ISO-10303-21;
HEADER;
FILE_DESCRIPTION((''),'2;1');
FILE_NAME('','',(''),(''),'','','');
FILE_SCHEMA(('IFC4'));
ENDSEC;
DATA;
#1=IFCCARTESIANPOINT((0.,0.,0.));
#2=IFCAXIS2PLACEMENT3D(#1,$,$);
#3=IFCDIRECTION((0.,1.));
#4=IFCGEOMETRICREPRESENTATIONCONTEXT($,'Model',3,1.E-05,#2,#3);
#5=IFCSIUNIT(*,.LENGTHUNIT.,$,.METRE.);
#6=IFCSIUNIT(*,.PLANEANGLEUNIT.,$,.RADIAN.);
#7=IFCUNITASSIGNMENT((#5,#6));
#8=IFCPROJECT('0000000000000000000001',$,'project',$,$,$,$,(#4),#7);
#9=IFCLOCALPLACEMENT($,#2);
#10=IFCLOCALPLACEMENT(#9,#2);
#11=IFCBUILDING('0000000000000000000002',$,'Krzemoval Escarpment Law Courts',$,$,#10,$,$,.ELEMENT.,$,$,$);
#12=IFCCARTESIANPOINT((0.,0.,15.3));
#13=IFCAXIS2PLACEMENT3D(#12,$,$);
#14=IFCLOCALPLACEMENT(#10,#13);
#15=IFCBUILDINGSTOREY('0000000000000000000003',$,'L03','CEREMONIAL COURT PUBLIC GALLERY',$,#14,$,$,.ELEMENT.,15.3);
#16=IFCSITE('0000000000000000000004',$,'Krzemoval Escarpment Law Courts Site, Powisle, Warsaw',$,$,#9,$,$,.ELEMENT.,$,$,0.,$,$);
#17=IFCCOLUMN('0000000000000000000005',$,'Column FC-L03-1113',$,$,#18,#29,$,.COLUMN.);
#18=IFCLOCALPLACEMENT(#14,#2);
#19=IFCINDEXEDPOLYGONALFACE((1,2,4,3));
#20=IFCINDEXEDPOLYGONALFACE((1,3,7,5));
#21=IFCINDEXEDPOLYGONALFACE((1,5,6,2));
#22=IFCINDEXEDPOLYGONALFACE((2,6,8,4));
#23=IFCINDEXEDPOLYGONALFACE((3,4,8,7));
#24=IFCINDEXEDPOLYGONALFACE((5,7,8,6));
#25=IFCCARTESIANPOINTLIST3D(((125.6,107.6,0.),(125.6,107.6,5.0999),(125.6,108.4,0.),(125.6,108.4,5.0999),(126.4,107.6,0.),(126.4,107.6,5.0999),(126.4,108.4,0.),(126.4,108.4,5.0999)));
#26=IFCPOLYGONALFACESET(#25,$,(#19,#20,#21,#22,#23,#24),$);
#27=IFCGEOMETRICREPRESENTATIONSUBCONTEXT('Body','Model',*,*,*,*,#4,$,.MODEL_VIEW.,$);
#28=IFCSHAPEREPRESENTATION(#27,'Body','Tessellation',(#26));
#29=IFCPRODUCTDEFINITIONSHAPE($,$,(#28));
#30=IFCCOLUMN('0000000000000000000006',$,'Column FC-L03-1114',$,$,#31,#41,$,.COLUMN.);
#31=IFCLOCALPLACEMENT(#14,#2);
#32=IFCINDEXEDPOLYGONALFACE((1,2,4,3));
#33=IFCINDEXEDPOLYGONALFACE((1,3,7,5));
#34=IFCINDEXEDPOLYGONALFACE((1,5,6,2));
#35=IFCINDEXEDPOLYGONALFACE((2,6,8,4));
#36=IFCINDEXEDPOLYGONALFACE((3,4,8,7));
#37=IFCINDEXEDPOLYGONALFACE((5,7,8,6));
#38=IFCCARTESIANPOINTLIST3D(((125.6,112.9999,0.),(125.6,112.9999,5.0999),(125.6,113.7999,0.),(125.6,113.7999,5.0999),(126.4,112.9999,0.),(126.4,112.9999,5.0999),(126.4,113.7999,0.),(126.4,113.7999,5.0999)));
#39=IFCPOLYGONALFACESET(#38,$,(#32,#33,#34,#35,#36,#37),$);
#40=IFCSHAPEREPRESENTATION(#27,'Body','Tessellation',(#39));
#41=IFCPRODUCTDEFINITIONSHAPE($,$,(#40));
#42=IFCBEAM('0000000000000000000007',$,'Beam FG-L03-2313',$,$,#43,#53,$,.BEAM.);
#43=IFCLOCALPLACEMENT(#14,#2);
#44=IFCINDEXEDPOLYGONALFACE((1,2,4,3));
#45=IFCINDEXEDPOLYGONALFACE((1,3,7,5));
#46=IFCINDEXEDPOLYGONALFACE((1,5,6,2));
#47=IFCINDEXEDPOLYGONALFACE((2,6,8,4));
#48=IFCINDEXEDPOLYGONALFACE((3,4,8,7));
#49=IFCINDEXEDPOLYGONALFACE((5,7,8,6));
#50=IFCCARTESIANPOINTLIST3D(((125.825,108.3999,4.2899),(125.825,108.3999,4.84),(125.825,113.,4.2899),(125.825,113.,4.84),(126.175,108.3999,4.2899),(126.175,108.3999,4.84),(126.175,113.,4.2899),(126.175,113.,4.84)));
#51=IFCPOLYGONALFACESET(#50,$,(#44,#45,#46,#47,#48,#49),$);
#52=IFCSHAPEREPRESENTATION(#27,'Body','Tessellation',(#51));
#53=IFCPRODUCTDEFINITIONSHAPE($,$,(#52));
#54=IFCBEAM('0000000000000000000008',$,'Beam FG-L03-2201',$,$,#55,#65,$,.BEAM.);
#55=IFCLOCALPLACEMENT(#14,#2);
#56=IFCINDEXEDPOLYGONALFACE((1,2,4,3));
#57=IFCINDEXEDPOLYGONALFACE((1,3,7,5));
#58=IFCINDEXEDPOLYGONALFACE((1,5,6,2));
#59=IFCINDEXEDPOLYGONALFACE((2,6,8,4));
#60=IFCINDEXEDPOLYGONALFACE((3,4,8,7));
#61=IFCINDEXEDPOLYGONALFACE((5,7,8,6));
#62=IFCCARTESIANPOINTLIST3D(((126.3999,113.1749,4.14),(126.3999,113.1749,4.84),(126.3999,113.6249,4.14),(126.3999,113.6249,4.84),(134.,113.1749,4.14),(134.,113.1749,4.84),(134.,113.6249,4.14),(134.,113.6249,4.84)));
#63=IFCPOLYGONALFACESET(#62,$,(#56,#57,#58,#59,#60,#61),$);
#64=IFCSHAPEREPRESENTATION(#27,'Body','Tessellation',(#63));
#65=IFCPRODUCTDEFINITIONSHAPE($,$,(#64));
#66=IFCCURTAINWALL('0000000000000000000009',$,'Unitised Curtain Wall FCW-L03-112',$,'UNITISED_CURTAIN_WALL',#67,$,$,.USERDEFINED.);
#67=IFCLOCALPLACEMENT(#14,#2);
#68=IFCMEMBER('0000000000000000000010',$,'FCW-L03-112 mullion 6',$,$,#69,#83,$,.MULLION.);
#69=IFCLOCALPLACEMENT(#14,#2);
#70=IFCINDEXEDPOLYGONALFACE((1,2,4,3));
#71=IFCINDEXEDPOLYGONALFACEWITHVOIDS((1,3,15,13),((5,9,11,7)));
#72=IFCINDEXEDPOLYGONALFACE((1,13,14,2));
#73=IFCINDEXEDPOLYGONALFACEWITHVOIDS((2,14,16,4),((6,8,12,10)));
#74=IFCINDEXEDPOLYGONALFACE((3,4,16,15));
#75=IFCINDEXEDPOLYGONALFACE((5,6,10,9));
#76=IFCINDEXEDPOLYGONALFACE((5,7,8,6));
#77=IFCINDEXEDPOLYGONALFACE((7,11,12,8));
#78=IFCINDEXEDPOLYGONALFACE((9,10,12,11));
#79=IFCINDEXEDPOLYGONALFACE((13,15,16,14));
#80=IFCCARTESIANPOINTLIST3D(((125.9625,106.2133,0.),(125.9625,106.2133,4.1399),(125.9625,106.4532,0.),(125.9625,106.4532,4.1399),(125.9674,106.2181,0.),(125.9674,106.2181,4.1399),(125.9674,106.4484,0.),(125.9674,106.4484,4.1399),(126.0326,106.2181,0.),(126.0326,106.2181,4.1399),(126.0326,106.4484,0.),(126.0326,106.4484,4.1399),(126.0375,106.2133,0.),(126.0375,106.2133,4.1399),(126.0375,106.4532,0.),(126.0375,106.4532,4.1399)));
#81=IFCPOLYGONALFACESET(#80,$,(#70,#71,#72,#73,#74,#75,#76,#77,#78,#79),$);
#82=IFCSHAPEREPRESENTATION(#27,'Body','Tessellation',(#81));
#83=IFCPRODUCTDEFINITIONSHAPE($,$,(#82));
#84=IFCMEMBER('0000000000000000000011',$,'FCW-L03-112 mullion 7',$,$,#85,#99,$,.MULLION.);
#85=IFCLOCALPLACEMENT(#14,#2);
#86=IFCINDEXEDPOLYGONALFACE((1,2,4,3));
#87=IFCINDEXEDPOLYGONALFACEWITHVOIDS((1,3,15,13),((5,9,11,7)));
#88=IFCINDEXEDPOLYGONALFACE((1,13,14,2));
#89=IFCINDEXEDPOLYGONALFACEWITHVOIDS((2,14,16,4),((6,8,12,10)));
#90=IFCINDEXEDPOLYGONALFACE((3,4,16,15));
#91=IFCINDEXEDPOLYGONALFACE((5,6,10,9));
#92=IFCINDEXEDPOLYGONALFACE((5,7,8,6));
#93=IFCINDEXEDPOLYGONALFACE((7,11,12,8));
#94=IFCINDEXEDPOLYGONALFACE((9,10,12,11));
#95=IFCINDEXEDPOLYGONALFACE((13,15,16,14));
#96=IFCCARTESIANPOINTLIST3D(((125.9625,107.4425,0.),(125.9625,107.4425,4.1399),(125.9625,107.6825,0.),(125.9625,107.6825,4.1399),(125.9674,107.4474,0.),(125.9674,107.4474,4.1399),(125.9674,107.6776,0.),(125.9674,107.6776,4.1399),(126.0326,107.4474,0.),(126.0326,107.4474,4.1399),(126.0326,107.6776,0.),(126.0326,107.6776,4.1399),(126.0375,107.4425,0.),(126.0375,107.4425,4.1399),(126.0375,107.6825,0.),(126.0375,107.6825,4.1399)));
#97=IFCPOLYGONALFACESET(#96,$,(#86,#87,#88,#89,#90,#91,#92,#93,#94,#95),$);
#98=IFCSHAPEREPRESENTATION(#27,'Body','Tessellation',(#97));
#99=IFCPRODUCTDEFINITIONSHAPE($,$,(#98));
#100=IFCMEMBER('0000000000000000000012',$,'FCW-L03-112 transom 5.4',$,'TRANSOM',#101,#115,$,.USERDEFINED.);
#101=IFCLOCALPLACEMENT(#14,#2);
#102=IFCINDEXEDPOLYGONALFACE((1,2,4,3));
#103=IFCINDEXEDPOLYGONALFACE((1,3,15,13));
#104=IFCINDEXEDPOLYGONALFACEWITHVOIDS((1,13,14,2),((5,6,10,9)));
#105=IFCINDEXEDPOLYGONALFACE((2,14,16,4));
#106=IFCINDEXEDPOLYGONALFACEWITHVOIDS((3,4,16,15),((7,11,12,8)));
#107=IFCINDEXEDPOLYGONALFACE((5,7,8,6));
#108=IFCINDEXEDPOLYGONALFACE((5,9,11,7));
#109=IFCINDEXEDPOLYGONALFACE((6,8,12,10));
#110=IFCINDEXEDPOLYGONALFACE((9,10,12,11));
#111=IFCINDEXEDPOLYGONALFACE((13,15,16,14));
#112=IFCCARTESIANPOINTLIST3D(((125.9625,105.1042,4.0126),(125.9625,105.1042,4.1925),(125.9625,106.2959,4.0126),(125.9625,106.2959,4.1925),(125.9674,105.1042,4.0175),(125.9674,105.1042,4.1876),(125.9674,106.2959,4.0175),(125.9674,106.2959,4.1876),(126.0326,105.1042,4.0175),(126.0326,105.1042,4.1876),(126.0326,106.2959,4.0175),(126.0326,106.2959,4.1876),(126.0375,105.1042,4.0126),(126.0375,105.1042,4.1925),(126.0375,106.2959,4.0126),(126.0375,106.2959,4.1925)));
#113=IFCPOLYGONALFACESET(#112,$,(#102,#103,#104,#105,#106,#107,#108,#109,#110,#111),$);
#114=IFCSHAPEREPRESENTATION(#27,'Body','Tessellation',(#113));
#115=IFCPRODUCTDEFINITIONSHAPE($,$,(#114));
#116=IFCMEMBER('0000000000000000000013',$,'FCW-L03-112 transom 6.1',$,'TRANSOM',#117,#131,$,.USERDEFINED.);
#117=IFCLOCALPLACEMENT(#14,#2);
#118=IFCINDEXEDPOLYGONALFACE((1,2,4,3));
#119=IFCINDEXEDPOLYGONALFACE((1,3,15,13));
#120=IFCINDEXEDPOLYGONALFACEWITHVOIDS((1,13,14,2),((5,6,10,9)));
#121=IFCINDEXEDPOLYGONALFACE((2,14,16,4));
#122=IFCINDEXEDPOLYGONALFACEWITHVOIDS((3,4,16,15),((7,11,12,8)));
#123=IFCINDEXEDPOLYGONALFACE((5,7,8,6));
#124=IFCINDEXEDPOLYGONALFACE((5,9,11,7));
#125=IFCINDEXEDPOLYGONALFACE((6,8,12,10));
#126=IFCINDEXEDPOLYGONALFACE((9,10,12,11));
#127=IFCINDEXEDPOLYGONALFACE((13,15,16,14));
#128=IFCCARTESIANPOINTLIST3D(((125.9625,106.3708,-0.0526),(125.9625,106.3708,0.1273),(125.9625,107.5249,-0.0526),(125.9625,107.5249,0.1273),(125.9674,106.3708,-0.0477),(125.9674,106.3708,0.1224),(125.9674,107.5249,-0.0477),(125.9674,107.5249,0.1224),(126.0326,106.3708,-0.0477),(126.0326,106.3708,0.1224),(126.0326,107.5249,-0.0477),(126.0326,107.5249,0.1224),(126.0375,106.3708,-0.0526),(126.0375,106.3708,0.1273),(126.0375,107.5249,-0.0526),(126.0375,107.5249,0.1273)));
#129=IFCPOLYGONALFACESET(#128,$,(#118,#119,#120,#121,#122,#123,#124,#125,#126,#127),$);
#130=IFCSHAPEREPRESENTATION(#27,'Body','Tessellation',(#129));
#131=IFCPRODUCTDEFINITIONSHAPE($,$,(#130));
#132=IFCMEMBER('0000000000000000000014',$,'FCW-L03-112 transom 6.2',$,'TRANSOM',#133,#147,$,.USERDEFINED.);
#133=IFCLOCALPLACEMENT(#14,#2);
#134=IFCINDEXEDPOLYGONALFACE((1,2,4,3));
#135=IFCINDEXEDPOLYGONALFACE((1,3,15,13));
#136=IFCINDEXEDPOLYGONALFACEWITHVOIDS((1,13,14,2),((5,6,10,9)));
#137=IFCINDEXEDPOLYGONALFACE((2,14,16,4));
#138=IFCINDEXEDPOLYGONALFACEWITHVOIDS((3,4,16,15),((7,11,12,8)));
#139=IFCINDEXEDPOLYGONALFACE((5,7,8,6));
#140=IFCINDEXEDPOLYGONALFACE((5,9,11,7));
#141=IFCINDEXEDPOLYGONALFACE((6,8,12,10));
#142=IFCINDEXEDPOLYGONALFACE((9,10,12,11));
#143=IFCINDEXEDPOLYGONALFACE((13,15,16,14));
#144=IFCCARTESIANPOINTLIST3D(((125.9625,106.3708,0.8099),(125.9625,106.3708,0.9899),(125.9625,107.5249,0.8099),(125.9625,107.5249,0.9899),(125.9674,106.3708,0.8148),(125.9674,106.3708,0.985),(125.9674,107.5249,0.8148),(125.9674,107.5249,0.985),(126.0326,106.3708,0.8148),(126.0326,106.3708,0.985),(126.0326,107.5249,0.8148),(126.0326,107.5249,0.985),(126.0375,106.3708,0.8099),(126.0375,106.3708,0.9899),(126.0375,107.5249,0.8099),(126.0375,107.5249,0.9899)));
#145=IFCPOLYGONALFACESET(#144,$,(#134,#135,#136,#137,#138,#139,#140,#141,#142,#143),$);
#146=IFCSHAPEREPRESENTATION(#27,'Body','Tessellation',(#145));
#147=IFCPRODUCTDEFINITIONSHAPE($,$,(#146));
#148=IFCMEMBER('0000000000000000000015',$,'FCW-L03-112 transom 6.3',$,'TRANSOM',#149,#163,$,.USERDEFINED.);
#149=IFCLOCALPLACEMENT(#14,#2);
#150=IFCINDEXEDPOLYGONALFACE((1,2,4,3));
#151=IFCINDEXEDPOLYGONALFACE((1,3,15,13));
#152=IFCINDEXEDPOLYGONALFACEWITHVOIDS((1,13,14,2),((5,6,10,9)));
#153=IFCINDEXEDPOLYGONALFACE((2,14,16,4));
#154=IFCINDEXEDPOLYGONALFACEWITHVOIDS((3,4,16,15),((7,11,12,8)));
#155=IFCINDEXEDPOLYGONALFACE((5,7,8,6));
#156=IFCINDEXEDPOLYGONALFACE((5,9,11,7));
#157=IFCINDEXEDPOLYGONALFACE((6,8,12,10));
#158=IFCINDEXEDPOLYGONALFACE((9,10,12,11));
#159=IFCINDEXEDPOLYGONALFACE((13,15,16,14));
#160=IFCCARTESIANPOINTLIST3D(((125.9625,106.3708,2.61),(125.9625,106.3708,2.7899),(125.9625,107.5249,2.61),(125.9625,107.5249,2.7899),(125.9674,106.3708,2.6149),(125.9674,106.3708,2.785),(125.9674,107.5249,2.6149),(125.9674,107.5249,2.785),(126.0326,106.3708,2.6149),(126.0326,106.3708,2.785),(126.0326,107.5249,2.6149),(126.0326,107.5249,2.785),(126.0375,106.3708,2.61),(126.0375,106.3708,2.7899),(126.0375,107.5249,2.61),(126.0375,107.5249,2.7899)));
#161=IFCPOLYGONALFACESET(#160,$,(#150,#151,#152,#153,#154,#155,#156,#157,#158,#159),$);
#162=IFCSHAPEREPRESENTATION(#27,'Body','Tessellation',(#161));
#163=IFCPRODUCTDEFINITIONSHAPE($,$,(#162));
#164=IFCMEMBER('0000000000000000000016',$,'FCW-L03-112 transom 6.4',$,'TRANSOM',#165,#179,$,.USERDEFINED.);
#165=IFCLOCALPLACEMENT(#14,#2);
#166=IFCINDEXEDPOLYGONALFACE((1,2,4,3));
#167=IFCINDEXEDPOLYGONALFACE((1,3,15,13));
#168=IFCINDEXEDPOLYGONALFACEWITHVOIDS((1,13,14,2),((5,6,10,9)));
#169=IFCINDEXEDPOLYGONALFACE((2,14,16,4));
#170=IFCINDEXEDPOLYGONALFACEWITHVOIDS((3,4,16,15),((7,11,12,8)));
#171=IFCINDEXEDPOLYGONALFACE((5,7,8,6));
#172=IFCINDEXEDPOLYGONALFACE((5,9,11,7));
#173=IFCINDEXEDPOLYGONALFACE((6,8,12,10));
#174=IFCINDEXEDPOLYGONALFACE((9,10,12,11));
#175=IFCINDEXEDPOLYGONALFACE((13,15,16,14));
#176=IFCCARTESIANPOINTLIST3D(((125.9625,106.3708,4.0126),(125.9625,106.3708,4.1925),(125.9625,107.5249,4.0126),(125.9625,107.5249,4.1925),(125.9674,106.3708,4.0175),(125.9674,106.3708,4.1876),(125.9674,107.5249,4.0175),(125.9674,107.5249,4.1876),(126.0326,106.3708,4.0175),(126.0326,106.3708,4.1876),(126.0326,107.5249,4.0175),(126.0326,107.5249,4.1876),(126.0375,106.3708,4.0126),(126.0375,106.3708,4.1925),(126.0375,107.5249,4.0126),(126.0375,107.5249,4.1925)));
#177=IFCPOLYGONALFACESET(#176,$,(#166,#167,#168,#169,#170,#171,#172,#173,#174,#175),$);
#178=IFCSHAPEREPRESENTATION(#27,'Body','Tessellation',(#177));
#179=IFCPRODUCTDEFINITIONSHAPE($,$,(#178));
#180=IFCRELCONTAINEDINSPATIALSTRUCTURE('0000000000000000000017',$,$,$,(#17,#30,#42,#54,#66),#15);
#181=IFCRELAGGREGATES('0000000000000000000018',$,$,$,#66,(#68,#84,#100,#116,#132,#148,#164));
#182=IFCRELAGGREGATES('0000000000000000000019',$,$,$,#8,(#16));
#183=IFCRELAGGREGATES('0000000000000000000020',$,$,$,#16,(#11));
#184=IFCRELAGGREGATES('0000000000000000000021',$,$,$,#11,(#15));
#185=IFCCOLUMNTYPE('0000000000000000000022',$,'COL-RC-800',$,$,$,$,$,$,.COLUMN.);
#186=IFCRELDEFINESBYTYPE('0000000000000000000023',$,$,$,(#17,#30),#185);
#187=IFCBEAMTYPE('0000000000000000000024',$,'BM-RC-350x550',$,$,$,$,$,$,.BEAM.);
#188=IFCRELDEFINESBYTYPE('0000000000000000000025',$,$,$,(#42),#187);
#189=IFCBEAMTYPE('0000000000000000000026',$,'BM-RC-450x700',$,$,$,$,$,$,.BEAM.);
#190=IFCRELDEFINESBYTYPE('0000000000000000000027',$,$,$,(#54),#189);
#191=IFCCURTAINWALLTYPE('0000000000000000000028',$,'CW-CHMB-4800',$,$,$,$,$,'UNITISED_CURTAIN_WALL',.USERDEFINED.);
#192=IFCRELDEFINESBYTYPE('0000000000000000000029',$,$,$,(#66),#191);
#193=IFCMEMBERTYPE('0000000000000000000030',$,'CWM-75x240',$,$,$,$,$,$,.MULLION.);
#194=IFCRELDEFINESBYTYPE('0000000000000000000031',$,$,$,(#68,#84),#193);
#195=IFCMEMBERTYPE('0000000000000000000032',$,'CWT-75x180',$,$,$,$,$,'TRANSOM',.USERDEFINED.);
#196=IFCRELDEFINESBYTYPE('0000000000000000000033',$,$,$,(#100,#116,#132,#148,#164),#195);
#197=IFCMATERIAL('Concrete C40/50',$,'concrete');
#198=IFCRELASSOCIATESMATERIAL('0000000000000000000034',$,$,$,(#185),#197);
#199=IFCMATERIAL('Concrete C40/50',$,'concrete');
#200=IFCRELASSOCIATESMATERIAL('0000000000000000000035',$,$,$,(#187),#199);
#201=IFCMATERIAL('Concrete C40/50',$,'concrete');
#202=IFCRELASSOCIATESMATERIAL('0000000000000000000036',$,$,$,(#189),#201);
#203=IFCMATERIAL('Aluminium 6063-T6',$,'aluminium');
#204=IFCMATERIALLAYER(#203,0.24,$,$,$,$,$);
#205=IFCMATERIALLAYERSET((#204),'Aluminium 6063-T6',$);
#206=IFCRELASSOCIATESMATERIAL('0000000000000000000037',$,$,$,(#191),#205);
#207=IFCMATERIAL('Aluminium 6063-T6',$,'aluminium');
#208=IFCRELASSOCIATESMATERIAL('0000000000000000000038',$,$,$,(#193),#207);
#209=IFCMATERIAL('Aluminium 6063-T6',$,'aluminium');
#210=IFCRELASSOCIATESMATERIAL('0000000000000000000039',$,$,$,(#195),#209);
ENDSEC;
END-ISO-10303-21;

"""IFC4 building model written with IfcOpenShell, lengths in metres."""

from ifc_helpers import new_model, si_unit, direction, frame, origin, origin_2d, place, context, subcontext, project, spatial, rectangle, hollow_rectangle, extrude, material, layer, layer_set, material_profile, profile_set, type_object, element, aggregate, save


model = new_model("IFC4")

# Units and contexts
model_context = context("Model", 3, precision=1e-05, world=origin(), true_north=direction((0.0, 1.0)))
body_context = subcontext(model_context, "Body", "Model", "MODEL_VIEW")
ifc_project = project(units=[si_unit("LENGTHUNIT", "METRE"), si_unit("PLANEANGLEUNIT", "RADIAN")], contexts=[model_context])

# Site, building, storey
site_placement = place(None, origin())
site = spatial("IfcSite", under=ifc_project, at=site_placement, Name="Krzemoval Escarpment Law Courts Site, Powisle, Warsaw", CompositionType="ELEMENT", RefElevation=0.0)
building_placement = place(site_placement, origin())
building = spatial("IfcBuilding", under=site, at=building_placement, Name="Krzemoval Escarpment Law Courts", CompositionType="ELEMENT")
storey_placement = place(building_placement, frame((0.0, 0.0, 15.3)))
storey = spatial("IfcBuildingStorey", under=building, at=storey_placement, Name="L03", Description="CEREMONIAL COURT PUBLIC GALLERY", CompositionType="ELEMENT", Elevation=15.3)

# Columns
ifc_material_1 = material(Name="Concrete C40/50", Category="concrete")
ifc_material_profile_1 = material_profile(ifc_material_1, rectangle(XDim=0.8, YDim=0.8, at=origin_2d()), Name="RC 800x800")
ifc_profile_set_1 = profile_set([ifc_material_profile_1], Name="Concrete C40/50")
column_type = type_object("IfcColumnType", Name="COL-RC-800", PredefinedType="COLUMN", material=ifc_profile_set_1)
for number, where, z_axis, x_axis, name in (
    (1, (126.0, 108.0, 0.0), (0.0, 0.0, 1.0), (1.0, 0.0, 0.0), "Column FC-L03-1113"),
    (2, (126.0, 113.3999, 0.0), (0.0, 0.0, 1.0), (1.0, 0.0, 0.0), "Column FC-L03-1114"),
):
    element("IfcColumn", number, at=place(storey_placement, frame(where, z_axis=z_axis, x_axis=x_axis)), inside=storey, type_object=column_type, Name=name, PredefinedType="COLUMN", context=body_context, shape_type="SweptSolid", body=[
        extrude(rectangle(XDim=0.8, YDim=0.8, at=origin_2d()), origin(), (0.0, 0.0, 1.0), 5.0999),
    ])

# Beams
ifc_material_2 = material(Name="Concrete C40/50", Category="concrete")
ifc_material_profile_2 = material_profile(ifc_material_2, rectangle(XDim=0.3501, YDim=0.55, at=origin_2d()), Name="RCB 350x550")
ifc_profile_set_2 = profile_set([ifc_material_profile_2], Name="Concrete C40/50")
beam_type_1 = type_object("IfcBeamType", Name="BM-RC-350x550", PredefinedType="BEAM", material=ifc_profile_set_2)
beam_1_placement = place(storey_placement, frame((126.0, 108.3999, 4.5649), z_axis=(0.0, 1.0, 0.0), x_axis=(-1.0, 0.0, 0.0)))
element("IfcBeam", 3, at=beam_1_placement, inside=storey, type_object=beam_type_1, Name="Beam FG-L03-2313", PredefinedType="BEAM", context=body_context, shape_type="SweptSolid", body=[
    extrude(rectangle(XDim=0.3501, YDim=0.55, at=origin_2d()), origin(), (0.0, 0.0, 1.0), 4.6001),
])
ifc_material_3 = material(Name="Concrete C40/50", Category="concrete")
ifc_material_profile_3 = material_profile(ifc_material_3, rectangle(XDim=0.45, YDim=0.7, at=origin_2d()), Name="RCB 450x700")
ifc_profile_set_3 = profile_set([ifc_material_profile_3], Name="Concrete C40/50")
beam_type_2 = type_object("IfcBeamType", Name="BM-RC-450x700", PredefinedType="BEAM", material=ifc_profile_set_3)
beam_2_placement = place(storey_placement, frame((126.3999, 113.3999, 4.49), z_axis=(1.0, 0.0, 0.0), x_axis=(0.0, 1.0, 0.0)))
element("IfcBeam", 4, at=beam_2_placement, inside=storey, type_object=beam_type_2, Name="Beam FG-L03-2201", PredefinedType="BEAM", context=body_context, shape_type="SweptSolid", body=[
    extrude(rectangle(XDim=0.45, YDim=0.7, at=origin_2d()), origin(), (0.0, 0.0, 1.0), 7.6001),
])

# Curtain wall, members
ifc_material_4 = material(Name="Aluminium 6063-T6", Category="aluminium")
ifc_layer_1 = layer(ifc_material_4, 0.24)
ifc_layer_set_1 = layer_set([ifc_layer_1], Name="Aluminium 6063-T6")
curtain_wall_type = type_object("IfcCurtainWallType", Name="CW-CHMB-4800", ElementType="UNITISED_CURTAIN_WALL", PredefinedType="USERDEFINED", material=ifc_layer_set_1)
curtain_wall_placement = place(storey_placement, origin())
curtain_wall = element("IfcCurtainWall", 5, at=curtain_wall_placement, inside=storey, type_object=curtain_wall_type, Name="Unitised Curtain Wall FCW-L03-112", ObjectType="UNITISED_CURTAIN_WALL", PredefinedType="USERDEFINED")
ifc_material_5 = material(Name="Aluminium 6063-T6", Category="aluminium")
ifc_material_profile_4 = material_profile(ifc_material_5, hollow_rectangle(XDim=0.075, YDim=0.24, WallThickness=0.0049, at=origin_2d()), Name="ALU M75x240")
ifc_profile_set_4 = profile_set([ifc_material_profile_4], Name="Aluminium 6063-T6")
member_type_1 = type_object("IfcMemberType", Name="CWM-75x240", PredefinedType="MULLION", material=ifc_profile_set_4)
member_1_placement = place(storey_placement, frame((126.0, 106.3333, 0.0), z_axis=(0.0, 0.0, 1.0), x_axis=(-1.0, 0.0, 0.0)))
member_1 = element("IfcMember", 6, at=member_1_placement, type_object=member_type_1, Name="FCW-L03-112 mullion 6", PredefinedType="MULLION", context=body_context, shape_type="SweptSolid", body=[
    extrude(hollow_rectangle(XDim=0.075, YDim=0.24, WallThickness=0.0049, at=origin_2d()), origin(), (0.0, 0.0, 1.0), 4.1399),
])
member_2_placement = place(storey_placement, frame((126.0, 107.5625, 0.0), z_axis=(0.0, 0.0, 1.0), x_axis=(-1.0, 0.0, 0.0)))
member_2 = element("IfcMember", 7, at=member_2_placement, type_object=member_type_1, Name="FCW-L03-112 mullion 7", PredefinedType="MULLION", context=body_context, shape_type="SweptSolid", body=[
    extrude(hollow_rectangle(XDim=0.075, YDim=0.24, WallThickness=0.0049, at=origin_2d()), origin(), (0.0, 0.0, 1.0), 4.1399),
])
ifc_material_6 = material(Name="Aluminium 6063-T6", Category="aluminium")
ifc_material_profile_5 = material_profile(ifc_material_6, hollow_rectangle(XDim=0.075, YDim=0.1799, WallThickness=0.0049, at=origin_2d()), Name="ALU T75x180")
ifc_profile_set_5 = profile_set([ifc_material_profile_5], Name="Aluminium 6063-T6")
member_type_2 = type_object("IfcMemberType", Name="CWT-75x180", ElementType="TRANSOM", PredefinedType="USERDEFINED", material=ifc_profile_set_5)
member_3_placement = place(storey_placement, frame((126.0, 105.1042, 4.1025), z_axis=(0.0, 1.0, 0.0), x_axis=(-1.0, 0.0, 0.0)))
member_3 = element("IfcMember", 8, at=member_3_placement, type_object=member_type_2, Name="FCW-L03-112 transom 5.4", ObjectType="TRANSOM", PredefinedType="USERDEFINED", context=body_context, shape_type="SweptSolid", body=[
    extrude(hollow_rectangle(XDim=0.075, YDim=0.1799, WallThickness=0.0049, at=origin_2d()), origin(), (0.0, 0.0, 1.0), 1.1917),
])
member_4_placement = place(storey_placement, frame((126.0, 106.3708, 0.0374), z_axis=(0.0, 1.0, 0.0), x_axis=(-1.0, 0.0, 0.0)))
member_4 = element("IfcMember", 9, at=member_4_placement, type_object=member_type_2, Name="FCW-L03-112 transom 6.1", ObjectType="TRANSOM", PredefinedType="USERDEFINED", context=body_context, shape_type="SweptSolid", body=[
    extrude(hollow_rectangle(XDim=0.075, YDim=0.1799, WallThickness=0.0049, at=origin_2d()), origin(), (0.0, 0.0, 1.0), 1.1541),
])
member_5_placement = place(storey_placement, frame((126.0, 106.3708, 0.8999), z_axis=(0.0, 1.0, 0.0), x_axis=(-1.0, 0.0, 0.0)))
member_5 = element("IfcMember", 10, at=member_5_placement, type_object=member_type_2, Name="FCW-L03-112 transom 6.2", ObjectType="TRANSOM", PredefinedType="USERDEFINED", context=body_context, shape_type="SweptSolid", body=[
    extrude(hollow_rectangle(XDim=0.075, YDim=0.1799, WallThickness=0.0049, at=origin_2d()), origin(), (0.0, 0.0, 1.0), 1.1541),
])
member_6_placement = place(storey_placement, frame((126.0, 106.3708, 2.7), z_axis=(0.0, 1.0, 0.0), x_axis=(-1.0, 0.0, 0.0)))
member_6 = element("IfcMember", 11, at=member_6_placement, type_object=member_type_2, Name="FCW-L03-112 transom 6.3", ObjectType="TRANSOM", PredefinedType="USERDEFINED", context=body_context, shape_type="SweptSolid", body=[
    extrude(hollow_rectangle(XDim=0.075, YDim=0.1799, WallThickness=0.0049, at=origin_2d()), origin(), (0.0, 0.0, 1.0), 1.1541),
])
member_7_placement = place(storey_placement, frame((126.0, 106.3708, 4.1025), z_axis=(0.0, 1.0, 0.0), x_axis=(-1.0, 0.0, 0.0)))
member_7 = element("IfcMember", 12, at=member_7_placement, type_object=member_type_2, Name="FCW-L03-112 transom 6.4", ObjectType="TRANSOM", PredefinedType="USERDEFINED", context=body_context, shape_type="SweptSolid", body=[
    extrude(hollow_rectangle(XDim=0.075, YDim=0.1799, WallThickness=0.0049, at=origin_2d()), origin(), (0.0, 0.0, 1.0), 1.1541),
])
aggregate(curtain_wall, [member_1, member_2, member_3, member_4, member_5, member_6, member_7])

save(model, "model.ifc")
